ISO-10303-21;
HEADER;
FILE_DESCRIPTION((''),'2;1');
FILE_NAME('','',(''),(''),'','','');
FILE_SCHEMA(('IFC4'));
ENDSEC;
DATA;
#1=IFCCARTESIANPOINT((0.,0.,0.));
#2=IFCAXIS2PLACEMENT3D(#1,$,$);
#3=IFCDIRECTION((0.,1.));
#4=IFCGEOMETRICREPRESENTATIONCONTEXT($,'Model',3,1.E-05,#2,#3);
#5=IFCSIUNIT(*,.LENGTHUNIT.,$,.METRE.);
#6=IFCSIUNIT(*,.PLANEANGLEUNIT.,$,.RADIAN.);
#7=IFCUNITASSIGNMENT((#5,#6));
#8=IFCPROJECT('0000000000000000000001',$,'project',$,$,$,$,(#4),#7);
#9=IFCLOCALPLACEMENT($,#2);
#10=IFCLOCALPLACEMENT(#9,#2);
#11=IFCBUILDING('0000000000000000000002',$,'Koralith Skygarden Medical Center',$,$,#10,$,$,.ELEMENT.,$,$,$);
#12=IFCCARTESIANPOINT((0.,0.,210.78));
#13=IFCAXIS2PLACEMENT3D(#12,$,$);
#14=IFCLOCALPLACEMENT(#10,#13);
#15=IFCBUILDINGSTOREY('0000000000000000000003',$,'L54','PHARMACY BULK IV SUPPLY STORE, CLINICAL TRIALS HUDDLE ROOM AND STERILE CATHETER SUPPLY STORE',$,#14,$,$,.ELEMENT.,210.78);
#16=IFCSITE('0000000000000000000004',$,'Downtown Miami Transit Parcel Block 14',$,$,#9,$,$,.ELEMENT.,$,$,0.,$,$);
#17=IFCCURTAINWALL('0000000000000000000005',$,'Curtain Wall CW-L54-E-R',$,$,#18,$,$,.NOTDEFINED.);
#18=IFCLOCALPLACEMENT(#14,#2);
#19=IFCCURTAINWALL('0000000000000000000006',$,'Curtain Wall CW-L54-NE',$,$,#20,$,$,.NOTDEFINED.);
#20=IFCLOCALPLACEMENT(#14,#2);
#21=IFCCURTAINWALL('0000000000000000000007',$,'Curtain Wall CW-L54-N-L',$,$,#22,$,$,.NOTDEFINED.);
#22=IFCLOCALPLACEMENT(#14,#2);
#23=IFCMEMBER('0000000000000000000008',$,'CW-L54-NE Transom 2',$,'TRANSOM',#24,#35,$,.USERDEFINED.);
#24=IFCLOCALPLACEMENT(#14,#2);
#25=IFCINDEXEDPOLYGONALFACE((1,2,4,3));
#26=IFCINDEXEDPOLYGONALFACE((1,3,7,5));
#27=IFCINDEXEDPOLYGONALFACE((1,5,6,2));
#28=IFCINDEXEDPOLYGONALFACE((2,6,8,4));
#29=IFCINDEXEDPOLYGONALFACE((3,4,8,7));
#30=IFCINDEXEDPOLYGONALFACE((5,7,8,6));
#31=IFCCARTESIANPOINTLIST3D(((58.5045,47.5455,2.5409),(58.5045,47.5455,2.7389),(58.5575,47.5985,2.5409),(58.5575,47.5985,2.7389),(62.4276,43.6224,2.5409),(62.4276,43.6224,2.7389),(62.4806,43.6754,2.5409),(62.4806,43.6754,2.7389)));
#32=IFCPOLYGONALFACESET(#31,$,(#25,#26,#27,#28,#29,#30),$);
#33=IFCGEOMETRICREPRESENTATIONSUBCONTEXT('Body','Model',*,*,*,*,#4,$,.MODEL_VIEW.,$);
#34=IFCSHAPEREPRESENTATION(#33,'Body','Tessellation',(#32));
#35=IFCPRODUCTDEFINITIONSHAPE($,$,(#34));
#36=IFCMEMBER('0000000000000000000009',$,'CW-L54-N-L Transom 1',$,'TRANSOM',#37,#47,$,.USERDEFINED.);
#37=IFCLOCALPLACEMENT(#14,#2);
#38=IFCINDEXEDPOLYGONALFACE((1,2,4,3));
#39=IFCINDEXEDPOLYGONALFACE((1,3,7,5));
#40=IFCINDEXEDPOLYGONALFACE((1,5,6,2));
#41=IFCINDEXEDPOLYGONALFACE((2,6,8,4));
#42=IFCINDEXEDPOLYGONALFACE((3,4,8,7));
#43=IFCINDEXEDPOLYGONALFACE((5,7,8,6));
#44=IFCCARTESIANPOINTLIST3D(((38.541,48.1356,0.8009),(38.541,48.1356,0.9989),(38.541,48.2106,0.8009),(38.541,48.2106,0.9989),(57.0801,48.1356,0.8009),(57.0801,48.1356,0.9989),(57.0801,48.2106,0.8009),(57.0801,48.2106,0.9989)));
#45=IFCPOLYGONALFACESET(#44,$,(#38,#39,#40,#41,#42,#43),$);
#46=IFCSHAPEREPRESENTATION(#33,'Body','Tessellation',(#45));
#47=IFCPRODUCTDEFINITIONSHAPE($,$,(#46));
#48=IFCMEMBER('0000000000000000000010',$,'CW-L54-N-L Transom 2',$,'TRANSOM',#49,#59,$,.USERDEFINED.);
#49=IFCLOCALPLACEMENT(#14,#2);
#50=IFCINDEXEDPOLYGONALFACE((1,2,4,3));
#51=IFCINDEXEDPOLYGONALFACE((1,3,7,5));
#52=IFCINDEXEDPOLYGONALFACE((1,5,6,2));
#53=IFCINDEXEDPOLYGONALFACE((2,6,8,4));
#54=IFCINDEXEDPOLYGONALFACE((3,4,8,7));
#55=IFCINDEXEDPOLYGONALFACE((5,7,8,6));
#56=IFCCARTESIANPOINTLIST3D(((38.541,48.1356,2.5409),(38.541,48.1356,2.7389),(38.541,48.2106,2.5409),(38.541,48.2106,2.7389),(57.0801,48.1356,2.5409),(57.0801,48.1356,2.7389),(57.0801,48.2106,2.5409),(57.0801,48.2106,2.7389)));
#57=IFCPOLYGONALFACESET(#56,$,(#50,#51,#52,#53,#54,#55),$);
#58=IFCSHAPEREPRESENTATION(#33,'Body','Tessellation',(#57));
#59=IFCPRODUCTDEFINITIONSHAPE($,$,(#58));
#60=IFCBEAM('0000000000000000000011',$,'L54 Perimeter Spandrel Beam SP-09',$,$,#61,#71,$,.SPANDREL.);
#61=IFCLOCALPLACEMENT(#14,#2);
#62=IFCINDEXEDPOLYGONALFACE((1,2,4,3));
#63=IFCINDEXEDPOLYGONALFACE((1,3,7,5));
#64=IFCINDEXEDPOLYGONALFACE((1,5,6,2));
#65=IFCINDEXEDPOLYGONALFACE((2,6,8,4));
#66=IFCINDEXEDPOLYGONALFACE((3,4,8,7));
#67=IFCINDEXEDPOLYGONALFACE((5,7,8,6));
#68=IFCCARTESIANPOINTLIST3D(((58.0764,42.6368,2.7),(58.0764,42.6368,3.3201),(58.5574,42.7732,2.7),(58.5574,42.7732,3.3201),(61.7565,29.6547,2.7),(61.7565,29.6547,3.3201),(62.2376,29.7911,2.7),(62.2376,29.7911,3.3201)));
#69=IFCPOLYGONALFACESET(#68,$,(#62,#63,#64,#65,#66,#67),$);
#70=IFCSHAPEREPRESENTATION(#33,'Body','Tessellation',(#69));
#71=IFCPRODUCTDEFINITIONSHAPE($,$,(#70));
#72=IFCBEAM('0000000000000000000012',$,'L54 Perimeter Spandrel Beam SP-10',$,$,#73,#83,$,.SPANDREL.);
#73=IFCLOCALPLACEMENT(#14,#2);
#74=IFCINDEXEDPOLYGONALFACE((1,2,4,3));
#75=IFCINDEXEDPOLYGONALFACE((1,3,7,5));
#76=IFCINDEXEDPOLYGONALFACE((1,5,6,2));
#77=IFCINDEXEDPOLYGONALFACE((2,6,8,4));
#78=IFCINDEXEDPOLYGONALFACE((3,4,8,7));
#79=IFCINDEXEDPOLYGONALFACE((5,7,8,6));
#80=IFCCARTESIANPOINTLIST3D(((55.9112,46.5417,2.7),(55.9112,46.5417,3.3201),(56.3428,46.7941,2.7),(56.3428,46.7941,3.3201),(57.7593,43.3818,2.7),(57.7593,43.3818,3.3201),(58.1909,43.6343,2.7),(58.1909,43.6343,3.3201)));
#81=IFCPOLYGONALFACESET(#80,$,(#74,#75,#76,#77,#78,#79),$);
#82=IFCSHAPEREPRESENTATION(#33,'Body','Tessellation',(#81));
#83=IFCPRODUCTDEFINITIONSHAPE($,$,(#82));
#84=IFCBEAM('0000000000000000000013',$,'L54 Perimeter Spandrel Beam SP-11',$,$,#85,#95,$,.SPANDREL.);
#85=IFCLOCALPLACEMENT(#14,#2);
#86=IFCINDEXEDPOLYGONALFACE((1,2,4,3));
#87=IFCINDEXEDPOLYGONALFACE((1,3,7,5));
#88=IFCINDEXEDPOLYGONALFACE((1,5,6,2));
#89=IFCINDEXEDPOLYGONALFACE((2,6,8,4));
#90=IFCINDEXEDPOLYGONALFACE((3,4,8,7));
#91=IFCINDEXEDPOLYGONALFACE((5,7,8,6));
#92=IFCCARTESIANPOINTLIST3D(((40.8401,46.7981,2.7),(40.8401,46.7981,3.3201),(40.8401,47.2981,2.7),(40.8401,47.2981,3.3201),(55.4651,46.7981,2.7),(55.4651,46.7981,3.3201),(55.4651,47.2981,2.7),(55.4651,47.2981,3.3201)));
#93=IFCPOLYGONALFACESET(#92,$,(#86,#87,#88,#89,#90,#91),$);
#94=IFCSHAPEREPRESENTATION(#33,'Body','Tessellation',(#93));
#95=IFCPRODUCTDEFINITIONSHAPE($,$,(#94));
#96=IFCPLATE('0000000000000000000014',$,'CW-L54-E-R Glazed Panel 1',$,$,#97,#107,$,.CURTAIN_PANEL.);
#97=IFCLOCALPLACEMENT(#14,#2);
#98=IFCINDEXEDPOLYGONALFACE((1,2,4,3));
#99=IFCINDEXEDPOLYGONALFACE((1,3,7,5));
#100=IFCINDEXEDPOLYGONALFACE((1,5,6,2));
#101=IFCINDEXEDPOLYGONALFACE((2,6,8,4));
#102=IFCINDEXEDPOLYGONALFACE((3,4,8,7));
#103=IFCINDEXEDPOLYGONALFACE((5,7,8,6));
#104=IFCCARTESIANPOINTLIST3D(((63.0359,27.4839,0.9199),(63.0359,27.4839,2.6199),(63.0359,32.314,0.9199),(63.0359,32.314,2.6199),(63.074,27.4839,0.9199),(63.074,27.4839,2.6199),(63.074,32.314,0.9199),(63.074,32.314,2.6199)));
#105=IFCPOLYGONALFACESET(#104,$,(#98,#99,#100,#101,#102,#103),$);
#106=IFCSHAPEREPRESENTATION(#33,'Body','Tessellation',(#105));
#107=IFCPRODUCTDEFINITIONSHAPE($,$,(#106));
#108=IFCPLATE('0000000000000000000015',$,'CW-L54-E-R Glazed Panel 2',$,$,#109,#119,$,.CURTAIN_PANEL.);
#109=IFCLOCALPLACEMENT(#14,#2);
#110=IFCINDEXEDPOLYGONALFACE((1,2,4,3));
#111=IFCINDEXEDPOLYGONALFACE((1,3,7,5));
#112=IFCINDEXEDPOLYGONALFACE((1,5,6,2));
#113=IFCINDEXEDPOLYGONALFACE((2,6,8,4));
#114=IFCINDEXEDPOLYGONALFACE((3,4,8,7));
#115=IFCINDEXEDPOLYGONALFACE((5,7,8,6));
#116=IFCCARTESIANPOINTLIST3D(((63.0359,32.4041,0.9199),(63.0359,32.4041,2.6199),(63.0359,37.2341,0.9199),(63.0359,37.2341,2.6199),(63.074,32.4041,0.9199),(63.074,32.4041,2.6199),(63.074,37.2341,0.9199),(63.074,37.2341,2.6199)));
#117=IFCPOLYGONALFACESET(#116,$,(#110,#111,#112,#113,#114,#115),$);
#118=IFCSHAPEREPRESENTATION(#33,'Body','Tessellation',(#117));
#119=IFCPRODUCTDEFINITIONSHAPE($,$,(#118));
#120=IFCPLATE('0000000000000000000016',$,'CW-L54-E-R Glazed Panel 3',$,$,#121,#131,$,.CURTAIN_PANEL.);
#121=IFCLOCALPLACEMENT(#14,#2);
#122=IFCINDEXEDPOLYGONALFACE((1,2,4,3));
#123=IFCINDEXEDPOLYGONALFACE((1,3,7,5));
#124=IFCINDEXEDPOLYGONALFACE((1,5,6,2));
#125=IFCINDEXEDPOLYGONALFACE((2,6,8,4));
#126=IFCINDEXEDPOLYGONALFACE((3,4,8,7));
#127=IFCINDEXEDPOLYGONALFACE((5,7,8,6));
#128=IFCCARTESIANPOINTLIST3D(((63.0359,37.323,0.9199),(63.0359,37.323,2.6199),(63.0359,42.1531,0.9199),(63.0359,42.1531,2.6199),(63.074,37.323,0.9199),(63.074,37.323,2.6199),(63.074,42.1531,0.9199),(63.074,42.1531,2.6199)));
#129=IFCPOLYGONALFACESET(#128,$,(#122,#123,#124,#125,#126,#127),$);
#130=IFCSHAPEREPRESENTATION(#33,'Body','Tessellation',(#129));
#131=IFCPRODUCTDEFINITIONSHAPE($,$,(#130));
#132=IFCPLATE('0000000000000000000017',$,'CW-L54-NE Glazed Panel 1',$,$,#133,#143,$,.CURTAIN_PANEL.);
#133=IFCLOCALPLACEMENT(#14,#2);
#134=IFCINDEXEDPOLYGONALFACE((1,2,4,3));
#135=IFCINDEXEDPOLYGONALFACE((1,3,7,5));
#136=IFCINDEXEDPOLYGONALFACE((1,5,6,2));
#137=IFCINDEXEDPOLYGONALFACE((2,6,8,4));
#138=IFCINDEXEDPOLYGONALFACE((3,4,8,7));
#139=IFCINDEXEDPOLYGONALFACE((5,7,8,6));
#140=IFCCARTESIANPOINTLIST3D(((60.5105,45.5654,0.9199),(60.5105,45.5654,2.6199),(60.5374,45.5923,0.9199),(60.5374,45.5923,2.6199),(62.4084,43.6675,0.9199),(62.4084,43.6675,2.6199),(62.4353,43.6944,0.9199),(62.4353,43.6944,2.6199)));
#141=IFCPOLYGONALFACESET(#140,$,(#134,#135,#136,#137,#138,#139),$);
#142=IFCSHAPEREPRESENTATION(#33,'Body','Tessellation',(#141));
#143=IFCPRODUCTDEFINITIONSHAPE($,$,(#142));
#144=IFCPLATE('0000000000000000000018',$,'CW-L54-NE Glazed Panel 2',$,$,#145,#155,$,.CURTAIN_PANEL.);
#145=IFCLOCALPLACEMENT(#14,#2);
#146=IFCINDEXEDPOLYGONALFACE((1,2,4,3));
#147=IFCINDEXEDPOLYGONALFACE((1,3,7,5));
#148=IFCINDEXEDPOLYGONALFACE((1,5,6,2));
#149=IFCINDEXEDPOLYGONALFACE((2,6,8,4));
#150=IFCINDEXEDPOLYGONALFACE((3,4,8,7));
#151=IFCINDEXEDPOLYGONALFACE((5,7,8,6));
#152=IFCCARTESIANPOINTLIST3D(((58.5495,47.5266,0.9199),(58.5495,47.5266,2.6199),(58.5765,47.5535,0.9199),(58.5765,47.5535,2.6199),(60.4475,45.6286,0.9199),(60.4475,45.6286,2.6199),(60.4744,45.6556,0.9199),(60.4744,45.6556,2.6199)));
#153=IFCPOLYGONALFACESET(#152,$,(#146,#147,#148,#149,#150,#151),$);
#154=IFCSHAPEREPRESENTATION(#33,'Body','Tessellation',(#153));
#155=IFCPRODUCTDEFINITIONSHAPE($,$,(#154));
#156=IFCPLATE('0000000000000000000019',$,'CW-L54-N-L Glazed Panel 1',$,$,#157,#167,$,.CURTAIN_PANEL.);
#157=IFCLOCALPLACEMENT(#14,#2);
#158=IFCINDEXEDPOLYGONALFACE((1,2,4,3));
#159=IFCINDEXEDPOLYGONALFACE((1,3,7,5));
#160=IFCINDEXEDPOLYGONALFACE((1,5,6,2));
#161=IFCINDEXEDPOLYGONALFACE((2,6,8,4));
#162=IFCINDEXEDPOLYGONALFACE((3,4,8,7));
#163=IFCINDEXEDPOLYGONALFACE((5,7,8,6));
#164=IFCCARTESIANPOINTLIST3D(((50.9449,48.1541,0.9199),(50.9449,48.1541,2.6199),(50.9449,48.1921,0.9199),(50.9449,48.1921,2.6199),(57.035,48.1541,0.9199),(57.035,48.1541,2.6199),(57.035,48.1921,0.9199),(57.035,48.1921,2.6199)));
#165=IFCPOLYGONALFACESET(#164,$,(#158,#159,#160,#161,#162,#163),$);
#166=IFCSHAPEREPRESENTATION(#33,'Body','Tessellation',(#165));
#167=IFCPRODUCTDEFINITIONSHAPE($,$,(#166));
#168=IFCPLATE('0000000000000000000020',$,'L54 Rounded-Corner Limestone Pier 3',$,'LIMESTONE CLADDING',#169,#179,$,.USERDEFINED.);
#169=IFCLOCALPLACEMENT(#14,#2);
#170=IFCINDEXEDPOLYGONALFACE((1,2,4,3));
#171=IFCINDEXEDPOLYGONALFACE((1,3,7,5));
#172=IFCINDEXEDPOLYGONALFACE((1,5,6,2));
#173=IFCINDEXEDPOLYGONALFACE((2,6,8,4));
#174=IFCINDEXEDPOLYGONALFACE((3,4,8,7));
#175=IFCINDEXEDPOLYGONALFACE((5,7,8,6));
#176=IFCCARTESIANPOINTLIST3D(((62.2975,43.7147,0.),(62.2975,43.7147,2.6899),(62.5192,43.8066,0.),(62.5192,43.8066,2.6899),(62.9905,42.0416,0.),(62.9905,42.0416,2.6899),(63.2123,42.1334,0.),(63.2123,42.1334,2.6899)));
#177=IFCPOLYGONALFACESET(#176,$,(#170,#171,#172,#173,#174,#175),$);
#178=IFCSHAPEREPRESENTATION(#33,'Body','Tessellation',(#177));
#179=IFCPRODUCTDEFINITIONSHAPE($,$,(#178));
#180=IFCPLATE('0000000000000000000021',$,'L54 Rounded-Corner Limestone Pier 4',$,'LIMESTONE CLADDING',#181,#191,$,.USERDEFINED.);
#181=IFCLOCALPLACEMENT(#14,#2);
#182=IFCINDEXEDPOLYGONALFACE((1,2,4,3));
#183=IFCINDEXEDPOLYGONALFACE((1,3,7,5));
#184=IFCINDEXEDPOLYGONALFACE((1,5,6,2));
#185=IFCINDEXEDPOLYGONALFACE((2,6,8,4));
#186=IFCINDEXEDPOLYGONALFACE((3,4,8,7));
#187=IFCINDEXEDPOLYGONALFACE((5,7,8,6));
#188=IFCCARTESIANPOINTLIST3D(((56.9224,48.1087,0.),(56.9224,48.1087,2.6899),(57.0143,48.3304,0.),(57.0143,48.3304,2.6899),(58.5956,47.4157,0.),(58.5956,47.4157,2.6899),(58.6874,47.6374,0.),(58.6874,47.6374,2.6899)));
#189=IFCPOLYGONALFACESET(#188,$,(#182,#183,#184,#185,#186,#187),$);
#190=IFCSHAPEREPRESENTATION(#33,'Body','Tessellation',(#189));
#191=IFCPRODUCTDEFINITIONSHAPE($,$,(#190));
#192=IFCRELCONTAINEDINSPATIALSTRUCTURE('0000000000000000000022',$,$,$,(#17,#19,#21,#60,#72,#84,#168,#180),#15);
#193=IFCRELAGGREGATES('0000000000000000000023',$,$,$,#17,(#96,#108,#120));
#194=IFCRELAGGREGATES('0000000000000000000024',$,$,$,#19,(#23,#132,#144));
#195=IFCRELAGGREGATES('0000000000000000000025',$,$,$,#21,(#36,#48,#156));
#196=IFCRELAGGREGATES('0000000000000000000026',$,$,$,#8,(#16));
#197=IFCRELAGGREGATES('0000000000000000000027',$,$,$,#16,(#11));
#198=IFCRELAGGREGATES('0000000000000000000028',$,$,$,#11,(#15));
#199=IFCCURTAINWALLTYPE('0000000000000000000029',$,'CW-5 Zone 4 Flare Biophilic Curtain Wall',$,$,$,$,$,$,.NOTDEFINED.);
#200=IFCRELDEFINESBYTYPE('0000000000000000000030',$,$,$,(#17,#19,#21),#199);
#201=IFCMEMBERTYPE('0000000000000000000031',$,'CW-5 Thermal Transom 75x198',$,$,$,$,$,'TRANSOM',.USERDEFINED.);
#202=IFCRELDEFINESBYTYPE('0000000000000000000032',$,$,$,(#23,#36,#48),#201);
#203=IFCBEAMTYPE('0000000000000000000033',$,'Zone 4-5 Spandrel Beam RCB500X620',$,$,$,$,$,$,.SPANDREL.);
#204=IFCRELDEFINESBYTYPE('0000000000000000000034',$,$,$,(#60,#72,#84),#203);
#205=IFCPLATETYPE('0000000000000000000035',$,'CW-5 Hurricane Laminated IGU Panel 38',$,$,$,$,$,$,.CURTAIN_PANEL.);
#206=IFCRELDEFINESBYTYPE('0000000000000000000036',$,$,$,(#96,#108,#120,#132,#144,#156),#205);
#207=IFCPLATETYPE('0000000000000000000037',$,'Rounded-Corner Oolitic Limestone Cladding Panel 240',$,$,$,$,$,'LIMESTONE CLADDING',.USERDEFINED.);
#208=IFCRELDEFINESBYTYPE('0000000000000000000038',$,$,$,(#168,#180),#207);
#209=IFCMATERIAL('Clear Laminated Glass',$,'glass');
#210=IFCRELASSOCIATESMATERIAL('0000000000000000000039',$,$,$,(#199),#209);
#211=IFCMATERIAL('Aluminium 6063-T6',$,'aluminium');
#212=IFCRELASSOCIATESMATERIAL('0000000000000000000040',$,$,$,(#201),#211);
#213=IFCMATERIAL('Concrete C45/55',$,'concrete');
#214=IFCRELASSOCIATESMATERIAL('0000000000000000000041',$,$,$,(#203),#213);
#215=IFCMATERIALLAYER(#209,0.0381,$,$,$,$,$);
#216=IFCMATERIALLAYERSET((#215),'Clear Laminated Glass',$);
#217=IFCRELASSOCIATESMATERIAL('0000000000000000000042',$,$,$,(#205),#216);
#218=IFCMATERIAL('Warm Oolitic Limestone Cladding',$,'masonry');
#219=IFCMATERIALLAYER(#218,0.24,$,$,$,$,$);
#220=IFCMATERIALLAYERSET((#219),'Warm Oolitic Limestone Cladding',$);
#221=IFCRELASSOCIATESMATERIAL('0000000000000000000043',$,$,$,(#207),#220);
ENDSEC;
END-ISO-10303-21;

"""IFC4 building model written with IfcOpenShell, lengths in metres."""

from ifc_helpers import new_model, si_unit, direction, frame, origin, origin_2d, place, context, subcontext, project, spatial, rectangle, extrude, material, layer, layer_set, material_profile, profile_set, type_object, element, aggregate, save


model = new_model("IFC4")

# Units and contexts
model_context = context("Model", 3, precision=1e-05, world=origin(), true_north=direction((0.0, 1.0)))
body_context = subcontext(model_context, "Body", "Model", "MODEL_VIEW")
ifc_project = project(units=[si_unit("LENGTHUNIT", "METRE"), si_unit("PLANEANGLEUNIT", "RADIAN")], contexts=[model_context])

# Site, building, storey
site_placement = place(None, origin())
site = spatial("IfcSite", under=ifc_project, at=site_placement, Name="Downtown Miami Transit Parcel Block 14", CompositionType="ELEMENT", RefElevation=0.0)
building_placement = place(site_placement, origin())
building = spatial("IfcBuilding", under=site, at=building_placement, Name="Koralith Skygarden Medical Center", CompositionType="ELEMENT")
storey_placement = place(building_placement, frame((0.0, 0.0, 210.78)))
storey = spatial("IfcBuildingStorey", under=building, at=storey_placement, Name="L54", Description="PHARMACY BULK IV SUPPLY STORE, CLINICAL TRIALS HUDDLE ROOM AND STERILE CATHETER SUPPLY STORE", CompositionType="ELEMENT", Elevation=210.78)

# Curtain walls
ifc_material_1 = material(Name="Clear Laminated Glass", Category="glass")
curtain_wall_type = type_object("IfcCurtainWallType", Name="CW-5 Zone 4 Flare Biophilic Curtain Wall", PredefinedType="NOTDEFINED", material=ifc_material_1)
curtain_wall_1_placement = place(storey_placement, origin())
curtain_wall_1 = element("IfcCurtainWall", 1, at=curtain_wall_1_placement, inside=storey, type_object=curtain_wall_type, Name="Curtain Wall CW-L54-E-R", PredefinedType="NOTDEFINED")
ifc_material_2 = material(Name="Aluminium 6063-T6", Category="aluminium")
curtain_wall_2_placement = place(storey_placement, origin())
curtain_wall_2 = element("IfcCurtainWall", 2, at=curtain_wall_2_placement, inside=storey, type_object=curtain_wall_type, Name="Curtain Wall CW-L54-NE", PredefinedType="NOTDEFINED")
curtain_wall_3_placement = place(storey_placement, origin())
curtain_wall_3 = element("IfcCurtainWall", 3, at=curtain_wall_3_placement, inside=storey, type_object=curtain_wall_type, Name="Curtain Wall CW-L54-N-L", PredefinedType="NOTDEFINED")

# Members
ifc_material_profile_1 = material_profile(ifc_material_2, rectangle(XDim=0.075, YDim=0.198, at=origin_2d()), Name="TRN75X198")
ifc_profile_set_1 = profile_set([ifc_material_profile_1], Name="Aluminium 6063-T6")
member_type_1 = type_object("IfcMemberType", Name="CW-5 Thermal Transom 75x198", ElementType="TRANSOM", PredefinedType="USERDEFINED", material=ifc_profile_set_1)
member_1_placement = place(storey_placement, frame((62.4541, 43.6489, 2.6399), z_axis=(-0.707107, 0.707107, 0.0), x_axis=(-0.707107, -0.707107, 0.0)))
member_1 = element("IfcMember", 4, at=member_1_placement, type_object=member_type_1, Name="CW-L54-NE Transom 2", ObjectType="TRANSOM", PredefinedType="USERDEFINED", context=body_context, shape_type="SweptSolid", body=[
    extrude(rectangle(XDim=0.075, YDim=0.198, at=origin_2d()), origin(), (0.0, 0.0, 1.0), 5.5481),
])
member_2_placement = place(storey_placement, frame((57.0801, 48.1731, 0.8999), z_axis=(-1.0, 0.0, 0.0), x_axis=(0.0, -1.0, 0.0)))
member_2 = element("IfcMember", 5, at=member_2_placement, type_object=member_type_1, Name="CW-L54-N-L Transom 1", ObjectType="TRANSOM", PredefinedType="USERDEFINED", context=body_context, shape_type="SweptSolid", body=[
    extrude(rectangle(XDim=0.075, YDim=0.198, at=origin_2d()), origin(), (0.0, 0.0, 1.0), 18.5391),
])
member_3_placement = place(storey_placement, frame((57.0801, 48.1731, 2.6399), z_axis=(-1.0, 0.0, 0.0), x_axis=(0.0, -1.0, 0.0)))
member_3 = element("IfcMember", 6, at=member_3_placement, type_object=member_type_1, Name="CW-L54-N-L Transom 2", ObjectType="TRANSOM", PredefinedType="USERDEFINED", context=body_context, shape_type="SweptSolid", body=[
    extrude(rectangle(XDim=0.075, YDim=0.198, at=origin_2d()), origin(), (0.0, 0.0, 1.0), 18.5391),
])

# Beams
ifc_material_3 = material(Name="Concrete C45/55", Category="concrete")
ifc_material_profile_2 = material_profile(ifc_material_3, rectangle(XDim=0.5, YDim=0.6201, at=origin_2d()), Name="RCB500X620")
ifc_profile_set_2 = profile_set([ifc_material_profile_2], Name="Concrete C45/55")
beam_type = type_object("IfcBeamType", Name="Zone 4-5 Spandrel Beam RCB500X620", PredefinedType="SPANDREL", material=ifc_profile_set_2)
beam_1_placement = place(storey_placement, frame((61.9971, 29.7229, 3.01), z_axis=(-0.272732, 0.96209, 0.0), x_axis=(-0.96209, -0.272732, 0.0)))
element("IfcBeam", 7, at=beam_1_placement, inside=storey, type_object=beam_type, Name="L54 Perimeter Spandrel Beam SP-09", PredefinedType="SPANDREL", context=body_context, shape_type="SweptSolid", body=[
    extrude(rectangle(XDim=0.5, YDim=0.6201, at=origin_2d()), origin(), (0.0, 0.0, 1.0), 13.4937),
])
beam_2_placement = place(storey_placement, frame((57.9751, 43.5081, 3.01), z_axis=(-0.504862, 0.8632, 0.0), x_axis=(-0.8632, -0.504862, 0.0)))
element("IfcBeam", 8, at=beam_2_placement, inside=storey, type_object=beam_type, Name="L54 Perimeter Spandrel Beam SP-10", PredefinedType="SPANDREL", context=body_context, shape_type="SweptSolid", body=[
    extrude(rectangle(XDim=0.5, YDim=0.6201, at=origin_2d()), origin(), (0.0, 0.0, 1.0), 3.6606),
])
beam_3_placement = place(storey_placement, frame((55.4651, 47.0481, 3.01), z_axis=(-1.0, 0.0, 0.0), x_axis=(0.0, -1.0, 0.0)))
element("IfcBeam", 9, at=beam_3_placement, inside=storey, type_object=beam_type, Name="L54 Perimeter Spandrel Beam SP-11", PredefinedType="SPANDREL", context=body_context, shape_type="SweptSolid", body=[
    extrude(rectangle(XDim=0.5, YDim=0.6201, at=origin_2d()), origin(), (0.0, 0.0, 1.0), 14.625),
])

# Plates
ifc_layer_1 = layer(ifc_material_1, 0.0381)
ifc_layer_set_1 = layer_set([ifc_layer_1], Name="Clear Laminated Glass")
plate_type_1 = type_object("IfcPlateType", Name="CW-5 Hurricane Laminated IGU Panel 38", PredefinedType="CURTAIN_PANEL", material=ifc_layer_set_1)
plate_1_placement = place(storey_placement, frame((63.0549, 29.8989, 0.9199), z_axis=(0.0, 0.0, 1.0), x_axis=(0.0, 1.0, 0.0)))
plate_1 = element("IfcPlate", 10, at=plate_1_placement, type_object=plate_type_1, Name="CW-L54-E-R Glazed Panel 1", PredefinedType="CURTAIN_PANEL", context=body_context, shape_type="SweptSolid", body=[
    extrude(rectangle(XDim=4.8301, YDim=0.0381, at=origin_2d()), origin(), (0.0, 0.0, 1.0), 1.7),
])
plate_2_placement = place(storey_placement, frame((63.0549, 34.8191, 0.9199), z_axis=(0.0, 0.0, 1.0), x_axis=(0.0, 1.0, 0.0)))
plate_2 = element("IfcPlate", 11, at=plate_2_placement, type_object=plate_type_1, Name="CW-L54-E-R Glazed Panel 2", PredefinedType="CURTAIN_PANEL", context=body_context, shape_type="SweptSolid", body=[
    extrude(rectangle(XDim=4.8301, YDim=0.0381, at=origin_2d()), origin(), (0.0, 0.0, 1.0), 1.7),
])
plate_3_placement = place(storey_placement, frame((63.0549, 39.738, 0.9199), z_axis=(0.0, 0.0, 1.0), x_axis=(0.0, 1.0, 0.0)))
plate_3 = element("IfcPlate", 12, at=plate_3_placement, type_object=plate_type_1, Name="CW-L54-E-R Glazed Panel 3", PredefinedType="CURTAIN_PANEL", context=body_context, shape_type="SweptSolid", body=[
    extrude(rectangle(XDim=4.8301, YDim=0.0381, at=origin_2d()), origin(), (0.0, 0.0, 1.0), 1.7),
])
aggregate(curtain_wall_1, [plate_1, plate_2, plate_3])
plate_4_placement = place(storey_placement, frame((61.4729, 44.6299, 0.9199), z_axis=(0.0, 0.0, 1.0), x_axis=(-0.707107, 0.707107, 0.0)))
plate_4 = element("IfcPlate", 13, at=plate_4_placement, type_object=plate_type_1, Name="CW-L54-NE Glazed Panel 1", PredefinedType="CURTAIN_PANEL", context=body_context, shape_type="SweptSolid", body=[
    extrude(rectangle(XDim=2.6841, YDim=0.0381, at=origin_2d()), origin(), (0.0, 0.0, 1.0), 1.7),
])
plate_5_placement = place(storey_placement, frame((59.512, 46.5911, 0.9199), z_axis=(0.0, 0.0, 1.0), x_axis=(-0.707107, 0.707107, 0.0)))
plate_5 = element("IfcPlate", 14, at=plate_5_placement, type_object=plate_type_1, Name="CW-L54-NE Glazed Panel 2", PredefinedType="CURTAIN_PANEL", context=body_context, shape_type="SweptSolid", body=[
    extrude(rectangle(XDim=2.6841, YDim=0.0381, at=origin_2d()), origin(), (0.0, 0.0, 1.0), 1.7),
])
aggregate(curtain_wall_2, [member_1, plate_4, plate_5])
plate_6_placement = place(storey_placement, frame((53.99, 48.1731, 0.9199), z_axis=(0.0, 0.0, 1.0), x_axis=(-1.0, 0.0, 0.0)))
plate_6 = element("IfcPlate", 15, at=plate_6_placement, type_object=plate_type_1, Name="CW-L54-N-L Glazed Panel 1", PredefinedType="CURTAIN_PANEL", context=body_context, shape_type="SweptSolid", body=[
    extrude(rectangle(XDim=6.0901, YDim=0.0381, at=origin_2d()), origin(), (0.0, 0.0, 1.0), 1.7),
])
aggregate(curtain_wall_3, [member_2, member_3, plate_6])

# Plates
ifc_material_4 = material(Name="Warm Oolitic Limestone Cladding", Category="masonry")
ifc_layer_2 = layer(ifc_material_4, 0.24)
ifc_layer_set_2 = layer_set([ifc_layer_2], Name="Warm Oolitic Limestone Cladding")
plate_type_2 = type_object("IfcPlateType", Name="Rounded-Corner Oolitic Limestone Cladding Panel 240", ElementType="LIMESTONE CLADDING", PredefinedType="USERDEFINED", material=ifc_layer_set_2)
for number, where, z_axis, x_axis, name in (
    (16, (62.7549, 42.9241, 0.0), (0.0, 0.0, 1.0), (-0.382671, 0.923885, 0.0), "L54 Rounded-Corner Limestone Pier 3"),
    (17, (57.8049, 47.873, 0.0), (0.0, 0.0, 1.0), (-0.923885, 0.382671, 0.0), "L54 Rounded-Corner Limestone Pier 4"),
):
    element("IfcPlate", number, at=place(storey_placement, frame(where, z_axis=z_axis, x_axis=x_axis)), inside=storey, type_object=plate_type_2, Name=name, ObjectType="LIMESTONE CLADDING", PredefinedType="USERDEFINED", context=body_context, shape_type="SweptSolid", body=[
        extrude(rectangle(XDim=1.811, YDim=0.24, at=origin_2d()), origin(), (0.0, 0.0, 1.0), 2.6899),
    ])

save(model, "model.ifc")
